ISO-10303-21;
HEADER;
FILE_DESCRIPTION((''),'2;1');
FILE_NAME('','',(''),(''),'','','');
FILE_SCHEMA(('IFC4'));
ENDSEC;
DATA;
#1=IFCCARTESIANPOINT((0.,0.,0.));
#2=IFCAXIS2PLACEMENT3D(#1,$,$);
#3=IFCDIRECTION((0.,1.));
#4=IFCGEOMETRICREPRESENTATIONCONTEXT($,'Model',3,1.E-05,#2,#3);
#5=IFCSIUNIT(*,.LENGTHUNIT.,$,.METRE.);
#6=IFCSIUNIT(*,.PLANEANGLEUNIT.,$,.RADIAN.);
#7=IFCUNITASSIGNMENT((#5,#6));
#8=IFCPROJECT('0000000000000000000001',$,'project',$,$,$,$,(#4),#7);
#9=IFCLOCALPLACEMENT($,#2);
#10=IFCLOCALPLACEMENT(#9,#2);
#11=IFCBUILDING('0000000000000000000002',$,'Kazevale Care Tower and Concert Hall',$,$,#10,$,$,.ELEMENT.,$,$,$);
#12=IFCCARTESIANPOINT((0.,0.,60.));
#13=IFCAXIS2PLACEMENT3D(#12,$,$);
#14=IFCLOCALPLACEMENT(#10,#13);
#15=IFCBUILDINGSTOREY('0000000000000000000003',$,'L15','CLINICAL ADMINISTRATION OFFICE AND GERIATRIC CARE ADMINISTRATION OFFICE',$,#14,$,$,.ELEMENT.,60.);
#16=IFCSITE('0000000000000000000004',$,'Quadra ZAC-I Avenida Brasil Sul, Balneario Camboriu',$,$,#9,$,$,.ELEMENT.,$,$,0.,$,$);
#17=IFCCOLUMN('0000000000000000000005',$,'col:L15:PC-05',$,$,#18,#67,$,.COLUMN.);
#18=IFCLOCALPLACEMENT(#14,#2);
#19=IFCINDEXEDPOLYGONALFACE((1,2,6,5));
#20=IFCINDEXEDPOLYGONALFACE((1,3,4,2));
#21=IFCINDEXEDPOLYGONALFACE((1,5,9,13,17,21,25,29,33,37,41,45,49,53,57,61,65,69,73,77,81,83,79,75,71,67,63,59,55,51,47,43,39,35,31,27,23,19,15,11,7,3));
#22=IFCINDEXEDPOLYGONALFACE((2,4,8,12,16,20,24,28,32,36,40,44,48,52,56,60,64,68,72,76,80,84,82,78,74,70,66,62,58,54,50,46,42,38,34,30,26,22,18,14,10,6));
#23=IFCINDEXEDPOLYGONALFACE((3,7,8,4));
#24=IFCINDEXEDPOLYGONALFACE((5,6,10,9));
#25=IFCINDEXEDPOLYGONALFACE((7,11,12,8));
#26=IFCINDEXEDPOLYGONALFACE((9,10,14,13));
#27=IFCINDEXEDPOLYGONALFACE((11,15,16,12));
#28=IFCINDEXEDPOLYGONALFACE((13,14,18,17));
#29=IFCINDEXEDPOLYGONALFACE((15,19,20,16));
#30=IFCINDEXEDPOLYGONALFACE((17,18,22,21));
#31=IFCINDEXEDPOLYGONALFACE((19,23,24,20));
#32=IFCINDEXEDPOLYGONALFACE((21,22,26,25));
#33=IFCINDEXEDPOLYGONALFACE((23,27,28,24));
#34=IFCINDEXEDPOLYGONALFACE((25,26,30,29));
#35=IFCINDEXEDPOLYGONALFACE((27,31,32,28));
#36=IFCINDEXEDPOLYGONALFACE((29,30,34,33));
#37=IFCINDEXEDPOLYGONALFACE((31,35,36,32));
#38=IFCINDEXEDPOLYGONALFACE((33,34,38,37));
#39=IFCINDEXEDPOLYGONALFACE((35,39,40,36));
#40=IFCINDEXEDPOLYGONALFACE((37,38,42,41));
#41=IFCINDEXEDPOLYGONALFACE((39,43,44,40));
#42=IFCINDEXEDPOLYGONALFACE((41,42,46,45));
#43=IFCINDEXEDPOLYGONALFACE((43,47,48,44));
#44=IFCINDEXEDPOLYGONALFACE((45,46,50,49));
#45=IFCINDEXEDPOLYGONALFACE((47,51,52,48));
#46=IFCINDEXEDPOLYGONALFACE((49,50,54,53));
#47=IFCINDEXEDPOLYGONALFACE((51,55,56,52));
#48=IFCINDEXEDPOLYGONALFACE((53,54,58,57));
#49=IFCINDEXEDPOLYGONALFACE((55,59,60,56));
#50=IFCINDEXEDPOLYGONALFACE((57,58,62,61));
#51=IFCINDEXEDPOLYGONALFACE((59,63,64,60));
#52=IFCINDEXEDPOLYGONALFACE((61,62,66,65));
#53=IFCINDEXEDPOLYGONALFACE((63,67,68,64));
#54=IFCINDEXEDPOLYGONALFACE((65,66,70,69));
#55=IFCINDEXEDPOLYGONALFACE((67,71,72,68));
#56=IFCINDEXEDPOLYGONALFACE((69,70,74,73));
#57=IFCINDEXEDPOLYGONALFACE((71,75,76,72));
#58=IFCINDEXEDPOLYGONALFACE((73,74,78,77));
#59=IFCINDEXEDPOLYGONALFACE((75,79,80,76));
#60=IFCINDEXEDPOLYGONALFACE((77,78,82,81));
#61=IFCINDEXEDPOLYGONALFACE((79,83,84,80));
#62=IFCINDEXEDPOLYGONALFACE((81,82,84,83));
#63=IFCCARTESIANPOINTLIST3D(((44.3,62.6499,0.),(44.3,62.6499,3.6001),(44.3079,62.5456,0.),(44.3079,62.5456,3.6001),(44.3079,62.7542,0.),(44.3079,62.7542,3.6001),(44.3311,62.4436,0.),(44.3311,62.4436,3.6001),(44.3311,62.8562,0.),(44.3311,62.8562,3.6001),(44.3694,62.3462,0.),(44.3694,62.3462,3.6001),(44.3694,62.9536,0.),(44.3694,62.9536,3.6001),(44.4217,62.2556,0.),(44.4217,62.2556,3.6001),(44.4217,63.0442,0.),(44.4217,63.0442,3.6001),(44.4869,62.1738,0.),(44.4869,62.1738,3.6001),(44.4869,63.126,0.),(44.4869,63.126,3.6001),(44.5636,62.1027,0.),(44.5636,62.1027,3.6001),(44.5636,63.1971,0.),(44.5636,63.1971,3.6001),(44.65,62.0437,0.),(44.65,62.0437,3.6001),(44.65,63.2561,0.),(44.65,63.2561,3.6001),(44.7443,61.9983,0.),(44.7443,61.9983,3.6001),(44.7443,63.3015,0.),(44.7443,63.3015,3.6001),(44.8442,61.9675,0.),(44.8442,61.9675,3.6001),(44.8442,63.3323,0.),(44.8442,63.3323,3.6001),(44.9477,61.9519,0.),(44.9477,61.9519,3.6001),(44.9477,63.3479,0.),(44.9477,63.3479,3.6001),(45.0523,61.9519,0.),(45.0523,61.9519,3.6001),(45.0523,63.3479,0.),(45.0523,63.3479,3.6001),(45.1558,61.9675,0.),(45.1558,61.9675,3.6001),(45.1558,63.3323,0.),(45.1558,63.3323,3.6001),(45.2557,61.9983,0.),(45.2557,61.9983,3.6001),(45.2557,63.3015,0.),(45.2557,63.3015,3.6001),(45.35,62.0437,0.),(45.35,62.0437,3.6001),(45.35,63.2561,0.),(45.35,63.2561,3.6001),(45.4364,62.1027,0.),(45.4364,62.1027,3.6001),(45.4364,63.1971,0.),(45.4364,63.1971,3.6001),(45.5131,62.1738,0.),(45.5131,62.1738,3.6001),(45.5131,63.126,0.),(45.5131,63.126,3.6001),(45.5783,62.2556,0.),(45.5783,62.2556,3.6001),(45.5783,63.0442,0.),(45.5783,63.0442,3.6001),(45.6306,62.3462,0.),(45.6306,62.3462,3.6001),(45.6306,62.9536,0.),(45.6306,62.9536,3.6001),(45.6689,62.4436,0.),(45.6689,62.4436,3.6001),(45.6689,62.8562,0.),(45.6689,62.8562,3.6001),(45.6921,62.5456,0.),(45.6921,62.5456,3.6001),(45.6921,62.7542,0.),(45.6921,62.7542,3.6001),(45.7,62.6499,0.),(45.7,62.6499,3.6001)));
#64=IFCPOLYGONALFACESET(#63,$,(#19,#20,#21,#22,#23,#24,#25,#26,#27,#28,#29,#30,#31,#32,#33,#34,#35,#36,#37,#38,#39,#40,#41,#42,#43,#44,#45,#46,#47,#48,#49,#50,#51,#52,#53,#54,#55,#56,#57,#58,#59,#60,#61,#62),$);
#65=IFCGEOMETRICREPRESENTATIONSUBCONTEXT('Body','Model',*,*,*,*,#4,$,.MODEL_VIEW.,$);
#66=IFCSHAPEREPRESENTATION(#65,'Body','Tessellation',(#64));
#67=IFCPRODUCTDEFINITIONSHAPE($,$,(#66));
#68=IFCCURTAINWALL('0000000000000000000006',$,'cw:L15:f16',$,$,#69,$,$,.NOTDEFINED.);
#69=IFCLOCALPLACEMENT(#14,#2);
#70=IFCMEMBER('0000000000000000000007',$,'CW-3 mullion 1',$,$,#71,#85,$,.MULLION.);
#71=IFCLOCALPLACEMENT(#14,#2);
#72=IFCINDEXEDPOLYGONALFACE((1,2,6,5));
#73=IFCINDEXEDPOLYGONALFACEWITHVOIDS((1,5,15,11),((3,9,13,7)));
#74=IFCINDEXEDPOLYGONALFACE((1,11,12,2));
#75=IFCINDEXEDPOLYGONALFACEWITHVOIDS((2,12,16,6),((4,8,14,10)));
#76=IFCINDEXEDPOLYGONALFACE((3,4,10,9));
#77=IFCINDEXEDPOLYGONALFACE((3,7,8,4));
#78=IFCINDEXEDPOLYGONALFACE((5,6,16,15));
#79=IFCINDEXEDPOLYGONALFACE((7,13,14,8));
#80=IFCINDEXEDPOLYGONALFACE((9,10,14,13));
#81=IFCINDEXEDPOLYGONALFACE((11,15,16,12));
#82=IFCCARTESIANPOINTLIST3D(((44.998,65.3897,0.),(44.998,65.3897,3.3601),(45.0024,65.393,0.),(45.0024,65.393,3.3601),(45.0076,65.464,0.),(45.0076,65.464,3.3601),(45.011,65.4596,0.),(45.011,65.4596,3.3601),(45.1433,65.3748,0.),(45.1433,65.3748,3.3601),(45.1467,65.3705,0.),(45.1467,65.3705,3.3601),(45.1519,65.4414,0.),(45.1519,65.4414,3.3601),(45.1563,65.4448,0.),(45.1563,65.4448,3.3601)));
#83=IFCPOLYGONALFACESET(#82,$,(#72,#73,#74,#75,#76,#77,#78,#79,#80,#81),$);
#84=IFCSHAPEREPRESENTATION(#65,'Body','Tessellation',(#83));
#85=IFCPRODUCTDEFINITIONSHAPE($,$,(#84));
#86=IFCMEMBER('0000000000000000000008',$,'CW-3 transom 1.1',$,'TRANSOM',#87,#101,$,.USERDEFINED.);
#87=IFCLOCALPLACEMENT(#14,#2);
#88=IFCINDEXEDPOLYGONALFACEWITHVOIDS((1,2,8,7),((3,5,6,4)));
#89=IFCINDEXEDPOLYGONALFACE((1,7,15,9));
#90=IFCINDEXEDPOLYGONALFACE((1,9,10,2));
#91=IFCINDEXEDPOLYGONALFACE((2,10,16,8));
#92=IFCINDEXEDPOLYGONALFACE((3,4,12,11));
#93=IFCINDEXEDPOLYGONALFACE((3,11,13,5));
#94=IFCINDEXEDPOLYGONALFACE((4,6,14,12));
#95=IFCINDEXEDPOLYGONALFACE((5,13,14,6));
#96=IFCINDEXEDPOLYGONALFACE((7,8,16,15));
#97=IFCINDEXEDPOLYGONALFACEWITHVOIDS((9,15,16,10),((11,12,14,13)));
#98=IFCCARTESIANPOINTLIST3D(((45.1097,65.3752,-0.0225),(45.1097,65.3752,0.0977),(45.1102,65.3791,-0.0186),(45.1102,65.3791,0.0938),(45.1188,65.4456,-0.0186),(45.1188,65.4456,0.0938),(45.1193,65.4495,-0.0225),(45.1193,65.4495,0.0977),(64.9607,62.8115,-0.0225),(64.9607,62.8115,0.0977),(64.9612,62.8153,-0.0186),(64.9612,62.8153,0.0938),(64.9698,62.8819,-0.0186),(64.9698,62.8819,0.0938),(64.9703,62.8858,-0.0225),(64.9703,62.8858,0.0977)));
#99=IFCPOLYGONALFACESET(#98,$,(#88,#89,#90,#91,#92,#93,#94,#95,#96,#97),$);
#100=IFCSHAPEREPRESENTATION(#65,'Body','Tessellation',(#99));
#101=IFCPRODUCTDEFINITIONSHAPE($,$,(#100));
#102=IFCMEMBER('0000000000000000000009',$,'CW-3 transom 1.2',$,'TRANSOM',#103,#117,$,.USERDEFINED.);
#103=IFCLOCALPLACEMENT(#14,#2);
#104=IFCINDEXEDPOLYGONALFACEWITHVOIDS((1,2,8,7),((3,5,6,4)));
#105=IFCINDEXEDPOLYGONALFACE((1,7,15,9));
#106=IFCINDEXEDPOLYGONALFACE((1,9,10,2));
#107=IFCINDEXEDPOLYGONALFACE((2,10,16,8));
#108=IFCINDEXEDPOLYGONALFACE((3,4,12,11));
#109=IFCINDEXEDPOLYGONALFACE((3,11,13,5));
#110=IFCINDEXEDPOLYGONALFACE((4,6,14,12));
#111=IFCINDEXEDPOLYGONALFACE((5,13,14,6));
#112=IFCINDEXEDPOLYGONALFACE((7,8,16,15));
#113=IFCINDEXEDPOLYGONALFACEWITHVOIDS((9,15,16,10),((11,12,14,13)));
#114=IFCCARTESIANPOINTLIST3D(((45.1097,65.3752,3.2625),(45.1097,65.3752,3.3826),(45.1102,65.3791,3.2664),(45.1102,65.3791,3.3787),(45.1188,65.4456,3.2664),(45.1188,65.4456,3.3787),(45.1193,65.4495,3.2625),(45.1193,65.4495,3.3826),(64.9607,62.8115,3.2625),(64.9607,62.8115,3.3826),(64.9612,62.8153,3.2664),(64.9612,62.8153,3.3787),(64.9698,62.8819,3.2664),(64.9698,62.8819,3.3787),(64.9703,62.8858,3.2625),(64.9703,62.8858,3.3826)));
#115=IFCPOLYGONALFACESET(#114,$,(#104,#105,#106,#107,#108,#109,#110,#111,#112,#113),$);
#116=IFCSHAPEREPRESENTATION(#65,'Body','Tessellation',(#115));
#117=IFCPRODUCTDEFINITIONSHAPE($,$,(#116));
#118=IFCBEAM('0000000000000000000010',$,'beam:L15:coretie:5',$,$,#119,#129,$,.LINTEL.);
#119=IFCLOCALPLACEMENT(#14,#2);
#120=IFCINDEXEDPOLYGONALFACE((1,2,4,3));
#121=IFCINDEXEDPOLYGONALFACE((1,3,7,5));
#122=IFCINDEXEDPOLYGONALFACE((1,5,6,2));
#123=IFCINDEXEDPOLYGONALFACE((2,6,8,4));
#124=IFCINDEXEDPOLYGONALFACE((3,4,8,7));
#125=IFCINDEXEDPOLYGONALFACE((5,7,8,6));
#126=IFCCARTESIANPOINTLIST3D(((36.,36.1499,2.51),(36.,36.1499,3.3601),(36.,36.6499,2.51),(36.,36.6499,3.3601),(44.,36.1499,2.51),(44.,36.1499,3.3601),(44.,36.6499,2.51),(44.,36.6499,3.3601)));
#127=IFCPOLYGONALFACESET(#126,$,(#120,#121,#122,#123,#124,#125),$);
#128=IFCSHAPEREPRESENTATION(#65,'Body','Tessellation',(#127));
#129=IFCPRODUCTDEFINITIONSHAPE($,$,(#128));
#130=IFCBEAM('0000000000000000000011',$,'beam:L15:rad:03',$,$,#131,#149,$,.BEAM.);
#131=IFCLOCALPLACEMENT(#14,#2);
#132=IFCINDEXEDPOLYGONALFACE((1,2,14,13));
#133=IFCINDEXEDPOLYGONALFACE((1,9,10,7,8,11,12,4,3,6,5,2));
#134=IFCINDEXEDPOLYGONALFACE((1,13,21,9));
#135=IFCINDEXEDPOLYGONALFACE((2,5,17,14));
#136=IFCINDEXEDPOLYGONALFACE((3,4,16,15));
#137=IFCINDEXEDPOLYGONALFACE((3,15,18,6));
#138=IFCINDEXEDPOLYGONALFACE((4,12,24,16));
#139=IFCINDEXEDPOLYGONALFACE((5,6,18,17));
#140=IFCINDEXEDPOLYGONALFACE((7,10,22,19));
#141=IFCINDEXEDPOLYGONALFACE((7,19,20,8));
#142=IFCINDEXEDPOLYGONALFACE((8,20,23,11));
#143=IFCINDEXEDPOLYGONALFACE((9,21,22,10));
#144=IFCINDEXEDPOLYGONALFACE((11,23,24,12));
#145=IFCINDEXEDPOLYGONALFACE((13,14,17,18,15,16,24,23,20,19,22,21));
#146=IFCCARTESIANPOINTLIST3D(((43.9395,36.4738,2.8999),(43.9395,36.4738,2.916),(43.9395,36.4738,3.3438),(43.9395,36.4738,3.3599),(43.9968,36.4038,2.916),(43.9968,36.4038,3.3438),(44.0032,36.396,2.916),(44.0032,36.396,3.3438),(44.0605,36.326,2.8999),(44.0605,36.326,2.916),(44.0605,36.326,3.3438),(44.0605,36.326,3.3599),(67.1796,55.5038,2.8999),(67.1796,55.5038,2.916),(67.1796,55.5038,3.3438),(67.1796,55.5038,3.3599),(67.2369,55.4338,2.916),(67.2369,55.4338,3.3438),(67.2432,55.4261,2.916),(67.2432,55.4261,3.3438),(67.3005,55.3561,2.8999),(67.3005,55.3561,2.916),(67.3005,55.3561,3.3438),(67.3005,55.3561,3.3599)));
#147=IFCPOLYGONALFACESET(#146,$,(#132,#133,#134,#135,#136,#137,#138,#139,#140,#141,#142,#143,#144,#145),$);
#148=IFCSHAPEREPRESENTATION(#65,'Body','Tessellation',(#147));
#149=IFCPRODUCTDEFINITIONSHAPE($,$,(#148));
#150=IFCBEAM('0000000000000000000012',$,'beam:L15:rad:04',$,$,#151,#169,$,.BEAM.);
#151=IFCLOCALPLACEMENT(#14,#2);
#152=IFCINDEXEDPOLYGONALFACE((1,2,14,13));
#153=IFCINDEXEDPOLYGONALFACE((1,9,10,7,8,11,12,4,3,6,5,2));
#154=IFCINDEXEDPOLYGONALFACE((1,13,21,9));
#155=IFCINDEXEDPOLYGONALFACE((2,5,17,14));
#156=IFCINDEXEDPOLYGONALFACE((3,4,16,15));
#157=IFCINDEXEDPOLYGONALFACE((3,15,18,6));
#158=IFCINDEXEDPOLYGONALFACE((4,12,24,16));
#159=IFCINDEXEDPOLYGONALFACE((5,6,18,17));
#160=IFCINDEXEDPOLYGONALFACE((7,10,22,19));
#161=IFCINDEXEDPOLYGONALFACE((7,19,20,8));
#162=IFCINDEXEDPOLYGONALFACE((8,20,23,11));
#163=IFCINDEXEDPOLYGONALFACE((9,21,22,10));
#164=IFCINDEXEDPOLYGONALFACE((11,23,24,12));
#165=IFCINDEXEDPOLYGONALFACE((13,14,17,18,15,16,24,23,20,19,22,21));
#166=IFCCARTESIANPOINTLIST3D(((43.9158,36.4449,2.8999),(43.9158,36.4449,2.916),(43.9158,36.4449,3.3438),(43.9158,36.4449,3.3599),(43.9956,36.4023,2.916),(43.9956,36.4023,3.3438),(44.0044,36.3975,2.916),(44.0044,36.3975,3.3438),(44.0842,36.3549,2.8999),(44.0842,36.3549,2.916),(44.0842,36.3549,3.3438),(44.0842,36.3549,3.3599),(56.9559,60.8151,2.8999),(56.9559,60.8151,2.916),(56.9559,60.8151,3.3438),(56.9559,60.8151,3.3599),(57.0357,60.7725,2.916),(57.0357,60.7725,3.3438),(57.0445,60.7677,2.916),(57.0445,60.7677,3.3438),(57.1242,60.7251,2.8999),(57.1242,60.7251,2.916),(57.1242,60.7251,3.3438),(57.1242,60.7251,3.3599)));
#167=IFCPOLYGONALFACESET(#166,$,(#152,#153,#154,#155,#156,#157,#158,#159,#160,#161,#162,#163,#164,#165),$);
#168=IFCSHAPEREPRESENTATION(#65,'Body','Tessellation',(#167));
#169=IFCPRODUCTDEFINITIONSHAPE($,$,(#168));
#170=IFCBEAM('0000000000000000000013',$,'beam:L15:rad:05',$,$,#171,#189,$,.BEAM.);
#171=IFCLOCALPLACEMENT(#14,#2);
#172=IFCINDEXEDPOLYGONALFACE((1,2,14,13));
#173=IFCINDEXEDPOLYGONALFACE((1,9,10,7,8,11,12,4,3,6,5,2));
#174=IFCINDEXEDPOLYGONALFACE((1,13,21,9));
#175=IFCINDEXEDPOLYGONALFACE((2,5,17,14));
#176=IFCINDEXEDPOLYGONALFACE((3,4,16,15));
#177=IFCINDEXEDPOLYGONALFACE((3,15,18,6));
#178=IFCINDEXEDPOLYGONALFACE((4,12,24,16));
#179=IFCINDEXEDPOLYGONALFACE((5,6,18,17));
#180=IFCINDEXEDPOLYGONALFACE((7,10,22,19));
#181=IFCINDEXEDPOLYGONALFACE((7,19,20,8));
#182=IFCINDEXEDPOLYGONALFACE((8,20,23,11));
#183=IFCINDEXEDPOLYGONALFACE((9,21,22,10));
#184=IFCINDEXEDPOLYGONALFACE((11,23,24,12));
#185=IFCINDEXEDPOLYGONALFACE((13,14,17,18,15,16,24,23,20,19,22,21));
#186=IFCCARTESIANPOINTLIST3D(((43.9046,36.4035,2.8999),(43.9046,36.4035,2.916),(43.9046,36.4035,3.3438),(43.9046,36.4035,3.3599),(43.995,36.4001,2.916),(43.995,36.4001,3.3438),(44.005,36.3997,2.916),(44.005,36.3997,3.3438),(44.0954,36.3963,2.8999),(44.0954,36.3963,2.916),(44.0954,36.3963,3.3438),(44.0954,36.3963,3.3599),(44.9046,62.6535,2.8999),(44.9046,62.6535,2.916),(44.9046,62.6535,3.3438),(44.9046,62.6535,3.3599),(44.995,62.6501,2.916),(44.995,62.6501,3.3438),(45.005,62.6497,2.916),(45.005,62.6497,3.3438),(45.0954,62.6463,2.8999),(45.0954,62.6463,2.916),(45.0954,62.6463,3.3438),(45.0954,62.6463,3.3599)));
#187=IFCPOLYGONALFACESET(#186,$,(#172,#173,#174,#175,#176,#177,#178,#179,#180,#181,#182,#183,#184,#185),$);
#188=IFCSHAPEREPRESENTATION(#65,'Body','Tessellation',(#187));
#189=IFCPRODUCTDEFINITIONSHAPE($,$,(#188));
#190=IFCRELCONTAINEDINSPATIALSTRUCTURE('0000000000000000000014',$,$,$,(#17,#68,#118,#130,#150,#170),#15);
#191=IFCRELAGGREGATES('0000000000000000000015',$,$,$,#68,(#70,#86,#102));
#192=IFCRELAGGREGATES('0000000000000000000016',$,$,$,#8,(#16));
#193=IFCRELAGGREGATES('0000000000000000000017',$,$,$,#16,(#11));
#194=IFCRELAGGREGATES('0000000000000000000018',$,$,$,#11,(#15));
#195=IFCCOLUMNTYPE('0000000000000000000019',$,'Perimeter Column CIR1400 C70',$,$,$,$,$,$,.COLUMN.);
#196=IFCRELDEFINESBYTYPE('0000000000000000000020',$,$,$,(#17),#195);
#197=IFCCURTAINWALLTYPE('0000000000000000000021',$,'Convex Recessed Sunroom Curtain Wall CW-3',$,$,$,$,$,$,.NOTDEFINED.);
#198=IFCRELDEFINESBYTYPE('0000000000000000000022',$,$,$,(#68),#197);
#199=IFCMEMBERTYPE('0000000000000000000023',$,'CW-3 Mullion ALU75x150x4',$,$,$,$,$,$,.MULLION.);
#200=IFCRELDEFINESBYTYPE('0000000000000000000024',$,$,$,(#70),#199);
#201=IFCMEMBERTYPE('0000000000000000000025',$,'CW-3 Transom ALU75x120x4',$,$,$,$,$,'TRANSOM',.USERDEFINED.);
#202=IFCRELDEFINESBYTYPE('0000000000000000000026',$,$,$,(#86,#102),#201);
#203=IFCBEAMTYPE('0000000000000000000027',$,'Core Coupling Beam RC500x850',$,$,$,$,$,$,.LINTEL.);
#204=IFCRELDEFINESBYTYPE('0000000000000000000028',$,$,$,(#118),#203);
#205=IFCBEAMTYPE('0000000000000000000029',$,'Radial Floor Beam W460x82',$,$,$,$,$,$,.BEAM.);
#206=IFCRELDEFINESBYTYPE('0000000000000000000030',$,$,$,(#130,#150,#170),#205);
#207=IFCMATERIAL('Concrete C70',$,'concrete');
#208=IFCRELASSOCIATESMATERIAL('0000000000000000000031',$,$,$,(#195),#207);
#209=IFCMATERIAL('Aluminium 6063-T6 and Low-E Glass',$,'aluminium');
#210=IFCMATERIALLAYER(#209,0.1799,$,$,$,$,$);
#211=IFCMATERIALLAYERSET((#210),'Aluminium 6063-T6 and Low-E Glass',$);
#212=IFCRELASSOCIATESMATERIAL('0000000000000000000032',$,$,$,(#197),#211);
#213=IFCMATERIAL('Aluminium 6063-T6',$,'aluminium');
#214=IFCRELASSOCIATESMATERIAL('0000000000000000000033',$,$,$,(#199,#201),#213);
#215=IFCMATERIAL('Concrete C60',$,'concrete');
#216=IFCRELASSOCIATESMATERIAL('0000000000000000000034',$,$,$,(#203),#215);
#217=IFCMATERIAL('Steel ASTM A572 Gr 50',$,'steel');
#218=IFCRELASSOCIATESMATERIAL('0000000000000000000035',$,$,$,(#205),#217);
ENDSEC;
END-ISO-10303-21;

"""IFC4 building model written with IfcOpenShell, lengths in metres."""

from ifc_helpers import new_model, si_unit, direction, frame, origin, origin_2d, place, context, subcontext, project, spatial, rectangle, hollow_rectangle, circle, i_section, extrude, material, layer, layer_set, material_profile, profile_set, type_object, element, aggregate, save


model = new_model("IFC4")

# Units and contexts
model_context = context("Model", 3, precision=1e-05, world=origin(), true_north=direction((0.0, 1.0)))
body_context = subcontext(model_context, "Body", "Model", "MODEL_VIEW")
ifc_project = project(units=[si_unit("LENGTHUNIT", "METRE"), si_unit("PLANEANGLEUNIT", "RADIAN")], contexts=[model_context])

# Site, building, storey
site_placement = place(None, origin())
site = spatial("IfcSite", under=ifc_project, at=site_placement, Name="Quadra ZAC-I Avenida Brasil Sul, Balneario Camboriu", CompositionType="ELEMENT", RefElevation=0.0)
building_placement = place(site_placement, origin())
building = spatial("IfcBuilding", under=site, at=building_placement, Name="Kazevale Care Tower and Concert Hall", CompositionType="ELEMENT")
storey_placement = place(building_placement, frame((0.0, 0.0, 60.0)))
storey = spatial("IfcBuildingStorey", under=building, at=storey_placement, Name="L15", Description="CLINICAL ADMINISTRATION OFFICE AND GERIATRIC CARE ADMINISTRATION OFFICE", CompositionType="ELEMENT", Elevation=60.0)

# Column
ifc_material_1 = material(Name="Concrete C70", Category="concrete")
ifc_material_profile_1 = material_profile(ifc_material_1, circle(Radius=0.7, at=origin_2d()), Name="RC-CIR1400")
ifc_profile_set_1 = profile_set([ifc_material_profile_1], Name="Concrete C70")
column_type = type_object("IfcColumnType", Name="Perimeter Column CIR1400 C70", PredefinedType="COLUMN", material=ifc_profile_set_1)
column_placement = place(storey_placement, frame((45.0, 62.6499, 0.0), z_axis=(0.0, 0.0, 1.0), x_axis=(1.0, 0.0, 0.0)))
element("IfcColumn", 1, at=column_placement, inside=storey, type_object=column_type, Name="col:L15:PC-05", PredefinedType="COLUMN", context=body_context, shape_type="SweptSolid", body=[
    extrude(circle(Radius=0.7, at=origin_2d()), origin(), (0.0, 0.0, 1.0), 3.6001),
])

# Curtain wall, members
ifc_material_2 = material(Name="Aluminium 6063-T6 and Low-E Glass", Category="aluminium")
ifc_layer_1 = layer(ifc_material_2, 0.1799)
ifc_layer_set_1 = layer_set([ifc_layer_1], Name="Aluminium 6063-T6 and Low-E Glass")
curtain_wall_type = type_object("IfcCurtainWallType", Name="Convex Recessed Sunroom Curtain Wall CW-3", PredefinedType="NOTDEFINED", material=ifc_layer_set_1)
curtain_wall_placement = place(storey_placement, origin())
curtain_wall = element("IfcCurtainWall", 2, at=curtain_wall_placement, inside=storey, type_object=curtain_wall_type, Name="cw:L15:f16", PredefinedType="NOTDEFINED")
ifc_material_3 = material(Name="Aluminium 6063-T6", Category="aluminium")
ifc_material_profile_2 = material_profile(ifc_material_3, hollow_rectangle(XDim=0.075, YDim=0.1499, WallThickness=0.0039, at=origin_2d()), Name="ALU75x150x4")
ifc_profile_set_2 = profile_set([ifc_material_profile_2], Name="Aluminium 6063-T6")
member_type_1 = type_object("IfcMemberType", Name="CW-3 Mullion ALU75x150x4", PredefinedType="MULLION", material=ifc_profile_set_2)
member_1_placement = place(storey_placement, frame((45.0771, 65.4172, 0.0), z_axis=(0.0, 0.0, 1.0), x_axis=(0.128086, 0.991763, 0.0)))
member_1 = element("IfcMember", 3, at=member_1_placement, type_object=member_type_1, Name="CW-3 mullion 1", PredefinedType="MULLION", context=body_context, shape_type="SweptSolid", body=[
    extrude(hollow_rectangle(XDim=0.075, YDim=0.1499, WallThickness=0.0039, at=origin_2d()), origin(), (0.0, 0.0, 1.0), 3.3601),
])
ifc_material_profile_3 = material_profile(ifc_material_3, hollow_rectangle(XDim=0.075, YDim=0.1201, WallThickness=0.0039, at=origin_2d()), Name="ALU75x120x4")
ifc_profile_set_3 = profile_set([ifc_material_profile_3], Name="Aluminium 6063-T6")
member_type_2 = type_object("IfcMemberType", Name="CW-3 Transom ALU75x120x4", ElementType="TRANSOM", PredefinedType="USERDEFINED", material=ifc_profile_set_3)
member_2_placement = place(storey_placement, frame((45.1145, 65.4124, 0.0376), z_axis=(0.991763, -0.128084, 0.0), x_axis=(0.128084, 0.991763, 0.0)))
member_2 = element("IfcMember", 4, at=member_2_placement, type_object=member_type_2, Name="CW-3 transom 1.1", ObjectType="TRANSOM", PredefinedType="USERDEFINED", context=body_context, shape_type="SweptSolid", body=[
    extrude(hollow_rectangle(XDim=0.075, YDim=0.1201, WallThickness=0.0039, at=origin_2d()), origin(), (0.0, 0.0, 1.0), 20.0159),
])
member_3_placement = place(storey_placement, frame((45.1145, 65.4124, 3.3225), z_axis=(0.991763, -0.128084, 0.0), x_axis=(0.128084, 0.991763, 0.0)))
member_3 = element("IfcMember", 5, at=member_3_placement, type_object=member_type_2, Name="CW-3 transom 1.2", ObjectType="TRANSOM", PredefinedType="USERDEFINED", context=body_context, shape_type="SweptSolid", body=[
    extrude(hollow_rectangle(XDim=0.075, YDim=0.1201, WallThickness=0.0039, at=origin_2d()), origin(), (0.0, 0.0, 1.0), 20.0159),
])
aggregate(curtain_wall, [member_1, member_2, member_3])

# Beams
ifc_material_4 = material(Name="Concrete C60", Category="concrete")
ifc_material_profile_4 = material_profile(ifc_material_4, rectangle(XDim=0.5, YDim=0.8501, at=origin_2d()), Name="RC-B500x850")
ifc_profile_set_4 = profile_set([ifc_material_profile_4], Name="Concrete C60")
beam_type_1 = type_object("IfcBeamType", Name="Core Coupling Beam RC500x850", PredefinedType="LINTEL", material=ifc_profile_set_4)
beam_1_placement = place(storey_placement, frame((44.0, 36.3999, 2.9351), z_axis=(-1.0, 0.0, 0.0), x_axis=(0.0, -1.0, 0.0)))
element("IfcBeam", 6, at=beam_1_placement, inside=storey, type_object=beam_type_1, Name="beam:L15:coretie:5", PredefinedType="LINTEL", context=body_context, shape_type="SweptSolid", body=[
    extrude(rectangle(XDim=0.5, YDim=0.8501, at=origin_2d()), origin(), (0.0, 0.0, 1.0), 8.0),
])
ifc_material_5 = material(Name="Steel ASTM A572 Gr 50", Category="steel")
ifc_material_profile_5 = material_profile(ifc_material_5, i_section(OverallWidth=0.1909, OverallDepth=0.46, WebThickness=0.01, FlangeThickness=0.0161, at=origin_2d()), Name="W460x82")
ifc_profile_set_5 = profile_set([ifc_material_profile_5], Name="Steel ASTM A572 Gr 50")
beam_type_2 = type_object("IfcBeamType", Name="Radial Floor Beam W460x82", PredefinedType="BEAM", material=ifc_profile_set_5)
beam_2_placement = place(storey_placement, frame((44.0, 36.3999, 3.1299), z_axis=(0.773704, 0.633547, 0.0), x_axis=(-0.633547, 0.773704, 0.0)))
element("IfcBeam", 7, at=beam_2_placement, inside=storey, type_object=beam_type_2, Name="beam:L15:rad:03", PredefinedType="BEAM", context=body_context, shape_type="SweptSolid", body=[
    extrude(i_section(OverallWidth=0.1909, OverallDepth=0.46, WebThickness=0.01, FlangeThickness=0.0161, at=origin_2d()), origin(), (0.0, 0.0, 1.0), 30.0374),
])
beam_3_placement = place(storey_placement, frame((44.0, 36.3999, 3.1299), z_axis=(0.471789, 0.881712, 0.0), x_axis=(-0.881712, 0.471789, 0.0)))
element("IfcBeam", 8, at=beam_3_placement, inside=storey, type_object=beam_type_2, Name="beam:L15:rad:04", PredefinedType="BEAM", context=body_context, shape_type="SweptSolid", body=[
    extrude(i_section(OverallWidth=0.1909, OverallDepth=0.46, WebThickness=0.01, FlangeThickness=0.0161, at=origin_2d()), origin(), (0.0, 0.0, 1.0), 27.6396),
])
beam_4_placement = place(storey_placement, frame((44.0, 36.3999, 3.1299), z_axis=(0.038068, 0.999275, 0.0), x_axis=(-0.999275, 0.038068, 0.0)))
element("IfcBeam", 9, at=beam_4_placement, inside=storey, type_object=beam_type_2, Name="beam:L15:rad:05", PredefinedType="BEAM", context=body_context, shape_type="SweptSolid", body=[
    extrude(i_section(OverallWidth=0.1909, OverallDepth=0.46, WebThickness=0.01, FlangeThickness=0.0161, at=origin_2d()), origin(), (0.0, 0.0, 1.0), 26.269),
])

save(model, "model.ifc")
